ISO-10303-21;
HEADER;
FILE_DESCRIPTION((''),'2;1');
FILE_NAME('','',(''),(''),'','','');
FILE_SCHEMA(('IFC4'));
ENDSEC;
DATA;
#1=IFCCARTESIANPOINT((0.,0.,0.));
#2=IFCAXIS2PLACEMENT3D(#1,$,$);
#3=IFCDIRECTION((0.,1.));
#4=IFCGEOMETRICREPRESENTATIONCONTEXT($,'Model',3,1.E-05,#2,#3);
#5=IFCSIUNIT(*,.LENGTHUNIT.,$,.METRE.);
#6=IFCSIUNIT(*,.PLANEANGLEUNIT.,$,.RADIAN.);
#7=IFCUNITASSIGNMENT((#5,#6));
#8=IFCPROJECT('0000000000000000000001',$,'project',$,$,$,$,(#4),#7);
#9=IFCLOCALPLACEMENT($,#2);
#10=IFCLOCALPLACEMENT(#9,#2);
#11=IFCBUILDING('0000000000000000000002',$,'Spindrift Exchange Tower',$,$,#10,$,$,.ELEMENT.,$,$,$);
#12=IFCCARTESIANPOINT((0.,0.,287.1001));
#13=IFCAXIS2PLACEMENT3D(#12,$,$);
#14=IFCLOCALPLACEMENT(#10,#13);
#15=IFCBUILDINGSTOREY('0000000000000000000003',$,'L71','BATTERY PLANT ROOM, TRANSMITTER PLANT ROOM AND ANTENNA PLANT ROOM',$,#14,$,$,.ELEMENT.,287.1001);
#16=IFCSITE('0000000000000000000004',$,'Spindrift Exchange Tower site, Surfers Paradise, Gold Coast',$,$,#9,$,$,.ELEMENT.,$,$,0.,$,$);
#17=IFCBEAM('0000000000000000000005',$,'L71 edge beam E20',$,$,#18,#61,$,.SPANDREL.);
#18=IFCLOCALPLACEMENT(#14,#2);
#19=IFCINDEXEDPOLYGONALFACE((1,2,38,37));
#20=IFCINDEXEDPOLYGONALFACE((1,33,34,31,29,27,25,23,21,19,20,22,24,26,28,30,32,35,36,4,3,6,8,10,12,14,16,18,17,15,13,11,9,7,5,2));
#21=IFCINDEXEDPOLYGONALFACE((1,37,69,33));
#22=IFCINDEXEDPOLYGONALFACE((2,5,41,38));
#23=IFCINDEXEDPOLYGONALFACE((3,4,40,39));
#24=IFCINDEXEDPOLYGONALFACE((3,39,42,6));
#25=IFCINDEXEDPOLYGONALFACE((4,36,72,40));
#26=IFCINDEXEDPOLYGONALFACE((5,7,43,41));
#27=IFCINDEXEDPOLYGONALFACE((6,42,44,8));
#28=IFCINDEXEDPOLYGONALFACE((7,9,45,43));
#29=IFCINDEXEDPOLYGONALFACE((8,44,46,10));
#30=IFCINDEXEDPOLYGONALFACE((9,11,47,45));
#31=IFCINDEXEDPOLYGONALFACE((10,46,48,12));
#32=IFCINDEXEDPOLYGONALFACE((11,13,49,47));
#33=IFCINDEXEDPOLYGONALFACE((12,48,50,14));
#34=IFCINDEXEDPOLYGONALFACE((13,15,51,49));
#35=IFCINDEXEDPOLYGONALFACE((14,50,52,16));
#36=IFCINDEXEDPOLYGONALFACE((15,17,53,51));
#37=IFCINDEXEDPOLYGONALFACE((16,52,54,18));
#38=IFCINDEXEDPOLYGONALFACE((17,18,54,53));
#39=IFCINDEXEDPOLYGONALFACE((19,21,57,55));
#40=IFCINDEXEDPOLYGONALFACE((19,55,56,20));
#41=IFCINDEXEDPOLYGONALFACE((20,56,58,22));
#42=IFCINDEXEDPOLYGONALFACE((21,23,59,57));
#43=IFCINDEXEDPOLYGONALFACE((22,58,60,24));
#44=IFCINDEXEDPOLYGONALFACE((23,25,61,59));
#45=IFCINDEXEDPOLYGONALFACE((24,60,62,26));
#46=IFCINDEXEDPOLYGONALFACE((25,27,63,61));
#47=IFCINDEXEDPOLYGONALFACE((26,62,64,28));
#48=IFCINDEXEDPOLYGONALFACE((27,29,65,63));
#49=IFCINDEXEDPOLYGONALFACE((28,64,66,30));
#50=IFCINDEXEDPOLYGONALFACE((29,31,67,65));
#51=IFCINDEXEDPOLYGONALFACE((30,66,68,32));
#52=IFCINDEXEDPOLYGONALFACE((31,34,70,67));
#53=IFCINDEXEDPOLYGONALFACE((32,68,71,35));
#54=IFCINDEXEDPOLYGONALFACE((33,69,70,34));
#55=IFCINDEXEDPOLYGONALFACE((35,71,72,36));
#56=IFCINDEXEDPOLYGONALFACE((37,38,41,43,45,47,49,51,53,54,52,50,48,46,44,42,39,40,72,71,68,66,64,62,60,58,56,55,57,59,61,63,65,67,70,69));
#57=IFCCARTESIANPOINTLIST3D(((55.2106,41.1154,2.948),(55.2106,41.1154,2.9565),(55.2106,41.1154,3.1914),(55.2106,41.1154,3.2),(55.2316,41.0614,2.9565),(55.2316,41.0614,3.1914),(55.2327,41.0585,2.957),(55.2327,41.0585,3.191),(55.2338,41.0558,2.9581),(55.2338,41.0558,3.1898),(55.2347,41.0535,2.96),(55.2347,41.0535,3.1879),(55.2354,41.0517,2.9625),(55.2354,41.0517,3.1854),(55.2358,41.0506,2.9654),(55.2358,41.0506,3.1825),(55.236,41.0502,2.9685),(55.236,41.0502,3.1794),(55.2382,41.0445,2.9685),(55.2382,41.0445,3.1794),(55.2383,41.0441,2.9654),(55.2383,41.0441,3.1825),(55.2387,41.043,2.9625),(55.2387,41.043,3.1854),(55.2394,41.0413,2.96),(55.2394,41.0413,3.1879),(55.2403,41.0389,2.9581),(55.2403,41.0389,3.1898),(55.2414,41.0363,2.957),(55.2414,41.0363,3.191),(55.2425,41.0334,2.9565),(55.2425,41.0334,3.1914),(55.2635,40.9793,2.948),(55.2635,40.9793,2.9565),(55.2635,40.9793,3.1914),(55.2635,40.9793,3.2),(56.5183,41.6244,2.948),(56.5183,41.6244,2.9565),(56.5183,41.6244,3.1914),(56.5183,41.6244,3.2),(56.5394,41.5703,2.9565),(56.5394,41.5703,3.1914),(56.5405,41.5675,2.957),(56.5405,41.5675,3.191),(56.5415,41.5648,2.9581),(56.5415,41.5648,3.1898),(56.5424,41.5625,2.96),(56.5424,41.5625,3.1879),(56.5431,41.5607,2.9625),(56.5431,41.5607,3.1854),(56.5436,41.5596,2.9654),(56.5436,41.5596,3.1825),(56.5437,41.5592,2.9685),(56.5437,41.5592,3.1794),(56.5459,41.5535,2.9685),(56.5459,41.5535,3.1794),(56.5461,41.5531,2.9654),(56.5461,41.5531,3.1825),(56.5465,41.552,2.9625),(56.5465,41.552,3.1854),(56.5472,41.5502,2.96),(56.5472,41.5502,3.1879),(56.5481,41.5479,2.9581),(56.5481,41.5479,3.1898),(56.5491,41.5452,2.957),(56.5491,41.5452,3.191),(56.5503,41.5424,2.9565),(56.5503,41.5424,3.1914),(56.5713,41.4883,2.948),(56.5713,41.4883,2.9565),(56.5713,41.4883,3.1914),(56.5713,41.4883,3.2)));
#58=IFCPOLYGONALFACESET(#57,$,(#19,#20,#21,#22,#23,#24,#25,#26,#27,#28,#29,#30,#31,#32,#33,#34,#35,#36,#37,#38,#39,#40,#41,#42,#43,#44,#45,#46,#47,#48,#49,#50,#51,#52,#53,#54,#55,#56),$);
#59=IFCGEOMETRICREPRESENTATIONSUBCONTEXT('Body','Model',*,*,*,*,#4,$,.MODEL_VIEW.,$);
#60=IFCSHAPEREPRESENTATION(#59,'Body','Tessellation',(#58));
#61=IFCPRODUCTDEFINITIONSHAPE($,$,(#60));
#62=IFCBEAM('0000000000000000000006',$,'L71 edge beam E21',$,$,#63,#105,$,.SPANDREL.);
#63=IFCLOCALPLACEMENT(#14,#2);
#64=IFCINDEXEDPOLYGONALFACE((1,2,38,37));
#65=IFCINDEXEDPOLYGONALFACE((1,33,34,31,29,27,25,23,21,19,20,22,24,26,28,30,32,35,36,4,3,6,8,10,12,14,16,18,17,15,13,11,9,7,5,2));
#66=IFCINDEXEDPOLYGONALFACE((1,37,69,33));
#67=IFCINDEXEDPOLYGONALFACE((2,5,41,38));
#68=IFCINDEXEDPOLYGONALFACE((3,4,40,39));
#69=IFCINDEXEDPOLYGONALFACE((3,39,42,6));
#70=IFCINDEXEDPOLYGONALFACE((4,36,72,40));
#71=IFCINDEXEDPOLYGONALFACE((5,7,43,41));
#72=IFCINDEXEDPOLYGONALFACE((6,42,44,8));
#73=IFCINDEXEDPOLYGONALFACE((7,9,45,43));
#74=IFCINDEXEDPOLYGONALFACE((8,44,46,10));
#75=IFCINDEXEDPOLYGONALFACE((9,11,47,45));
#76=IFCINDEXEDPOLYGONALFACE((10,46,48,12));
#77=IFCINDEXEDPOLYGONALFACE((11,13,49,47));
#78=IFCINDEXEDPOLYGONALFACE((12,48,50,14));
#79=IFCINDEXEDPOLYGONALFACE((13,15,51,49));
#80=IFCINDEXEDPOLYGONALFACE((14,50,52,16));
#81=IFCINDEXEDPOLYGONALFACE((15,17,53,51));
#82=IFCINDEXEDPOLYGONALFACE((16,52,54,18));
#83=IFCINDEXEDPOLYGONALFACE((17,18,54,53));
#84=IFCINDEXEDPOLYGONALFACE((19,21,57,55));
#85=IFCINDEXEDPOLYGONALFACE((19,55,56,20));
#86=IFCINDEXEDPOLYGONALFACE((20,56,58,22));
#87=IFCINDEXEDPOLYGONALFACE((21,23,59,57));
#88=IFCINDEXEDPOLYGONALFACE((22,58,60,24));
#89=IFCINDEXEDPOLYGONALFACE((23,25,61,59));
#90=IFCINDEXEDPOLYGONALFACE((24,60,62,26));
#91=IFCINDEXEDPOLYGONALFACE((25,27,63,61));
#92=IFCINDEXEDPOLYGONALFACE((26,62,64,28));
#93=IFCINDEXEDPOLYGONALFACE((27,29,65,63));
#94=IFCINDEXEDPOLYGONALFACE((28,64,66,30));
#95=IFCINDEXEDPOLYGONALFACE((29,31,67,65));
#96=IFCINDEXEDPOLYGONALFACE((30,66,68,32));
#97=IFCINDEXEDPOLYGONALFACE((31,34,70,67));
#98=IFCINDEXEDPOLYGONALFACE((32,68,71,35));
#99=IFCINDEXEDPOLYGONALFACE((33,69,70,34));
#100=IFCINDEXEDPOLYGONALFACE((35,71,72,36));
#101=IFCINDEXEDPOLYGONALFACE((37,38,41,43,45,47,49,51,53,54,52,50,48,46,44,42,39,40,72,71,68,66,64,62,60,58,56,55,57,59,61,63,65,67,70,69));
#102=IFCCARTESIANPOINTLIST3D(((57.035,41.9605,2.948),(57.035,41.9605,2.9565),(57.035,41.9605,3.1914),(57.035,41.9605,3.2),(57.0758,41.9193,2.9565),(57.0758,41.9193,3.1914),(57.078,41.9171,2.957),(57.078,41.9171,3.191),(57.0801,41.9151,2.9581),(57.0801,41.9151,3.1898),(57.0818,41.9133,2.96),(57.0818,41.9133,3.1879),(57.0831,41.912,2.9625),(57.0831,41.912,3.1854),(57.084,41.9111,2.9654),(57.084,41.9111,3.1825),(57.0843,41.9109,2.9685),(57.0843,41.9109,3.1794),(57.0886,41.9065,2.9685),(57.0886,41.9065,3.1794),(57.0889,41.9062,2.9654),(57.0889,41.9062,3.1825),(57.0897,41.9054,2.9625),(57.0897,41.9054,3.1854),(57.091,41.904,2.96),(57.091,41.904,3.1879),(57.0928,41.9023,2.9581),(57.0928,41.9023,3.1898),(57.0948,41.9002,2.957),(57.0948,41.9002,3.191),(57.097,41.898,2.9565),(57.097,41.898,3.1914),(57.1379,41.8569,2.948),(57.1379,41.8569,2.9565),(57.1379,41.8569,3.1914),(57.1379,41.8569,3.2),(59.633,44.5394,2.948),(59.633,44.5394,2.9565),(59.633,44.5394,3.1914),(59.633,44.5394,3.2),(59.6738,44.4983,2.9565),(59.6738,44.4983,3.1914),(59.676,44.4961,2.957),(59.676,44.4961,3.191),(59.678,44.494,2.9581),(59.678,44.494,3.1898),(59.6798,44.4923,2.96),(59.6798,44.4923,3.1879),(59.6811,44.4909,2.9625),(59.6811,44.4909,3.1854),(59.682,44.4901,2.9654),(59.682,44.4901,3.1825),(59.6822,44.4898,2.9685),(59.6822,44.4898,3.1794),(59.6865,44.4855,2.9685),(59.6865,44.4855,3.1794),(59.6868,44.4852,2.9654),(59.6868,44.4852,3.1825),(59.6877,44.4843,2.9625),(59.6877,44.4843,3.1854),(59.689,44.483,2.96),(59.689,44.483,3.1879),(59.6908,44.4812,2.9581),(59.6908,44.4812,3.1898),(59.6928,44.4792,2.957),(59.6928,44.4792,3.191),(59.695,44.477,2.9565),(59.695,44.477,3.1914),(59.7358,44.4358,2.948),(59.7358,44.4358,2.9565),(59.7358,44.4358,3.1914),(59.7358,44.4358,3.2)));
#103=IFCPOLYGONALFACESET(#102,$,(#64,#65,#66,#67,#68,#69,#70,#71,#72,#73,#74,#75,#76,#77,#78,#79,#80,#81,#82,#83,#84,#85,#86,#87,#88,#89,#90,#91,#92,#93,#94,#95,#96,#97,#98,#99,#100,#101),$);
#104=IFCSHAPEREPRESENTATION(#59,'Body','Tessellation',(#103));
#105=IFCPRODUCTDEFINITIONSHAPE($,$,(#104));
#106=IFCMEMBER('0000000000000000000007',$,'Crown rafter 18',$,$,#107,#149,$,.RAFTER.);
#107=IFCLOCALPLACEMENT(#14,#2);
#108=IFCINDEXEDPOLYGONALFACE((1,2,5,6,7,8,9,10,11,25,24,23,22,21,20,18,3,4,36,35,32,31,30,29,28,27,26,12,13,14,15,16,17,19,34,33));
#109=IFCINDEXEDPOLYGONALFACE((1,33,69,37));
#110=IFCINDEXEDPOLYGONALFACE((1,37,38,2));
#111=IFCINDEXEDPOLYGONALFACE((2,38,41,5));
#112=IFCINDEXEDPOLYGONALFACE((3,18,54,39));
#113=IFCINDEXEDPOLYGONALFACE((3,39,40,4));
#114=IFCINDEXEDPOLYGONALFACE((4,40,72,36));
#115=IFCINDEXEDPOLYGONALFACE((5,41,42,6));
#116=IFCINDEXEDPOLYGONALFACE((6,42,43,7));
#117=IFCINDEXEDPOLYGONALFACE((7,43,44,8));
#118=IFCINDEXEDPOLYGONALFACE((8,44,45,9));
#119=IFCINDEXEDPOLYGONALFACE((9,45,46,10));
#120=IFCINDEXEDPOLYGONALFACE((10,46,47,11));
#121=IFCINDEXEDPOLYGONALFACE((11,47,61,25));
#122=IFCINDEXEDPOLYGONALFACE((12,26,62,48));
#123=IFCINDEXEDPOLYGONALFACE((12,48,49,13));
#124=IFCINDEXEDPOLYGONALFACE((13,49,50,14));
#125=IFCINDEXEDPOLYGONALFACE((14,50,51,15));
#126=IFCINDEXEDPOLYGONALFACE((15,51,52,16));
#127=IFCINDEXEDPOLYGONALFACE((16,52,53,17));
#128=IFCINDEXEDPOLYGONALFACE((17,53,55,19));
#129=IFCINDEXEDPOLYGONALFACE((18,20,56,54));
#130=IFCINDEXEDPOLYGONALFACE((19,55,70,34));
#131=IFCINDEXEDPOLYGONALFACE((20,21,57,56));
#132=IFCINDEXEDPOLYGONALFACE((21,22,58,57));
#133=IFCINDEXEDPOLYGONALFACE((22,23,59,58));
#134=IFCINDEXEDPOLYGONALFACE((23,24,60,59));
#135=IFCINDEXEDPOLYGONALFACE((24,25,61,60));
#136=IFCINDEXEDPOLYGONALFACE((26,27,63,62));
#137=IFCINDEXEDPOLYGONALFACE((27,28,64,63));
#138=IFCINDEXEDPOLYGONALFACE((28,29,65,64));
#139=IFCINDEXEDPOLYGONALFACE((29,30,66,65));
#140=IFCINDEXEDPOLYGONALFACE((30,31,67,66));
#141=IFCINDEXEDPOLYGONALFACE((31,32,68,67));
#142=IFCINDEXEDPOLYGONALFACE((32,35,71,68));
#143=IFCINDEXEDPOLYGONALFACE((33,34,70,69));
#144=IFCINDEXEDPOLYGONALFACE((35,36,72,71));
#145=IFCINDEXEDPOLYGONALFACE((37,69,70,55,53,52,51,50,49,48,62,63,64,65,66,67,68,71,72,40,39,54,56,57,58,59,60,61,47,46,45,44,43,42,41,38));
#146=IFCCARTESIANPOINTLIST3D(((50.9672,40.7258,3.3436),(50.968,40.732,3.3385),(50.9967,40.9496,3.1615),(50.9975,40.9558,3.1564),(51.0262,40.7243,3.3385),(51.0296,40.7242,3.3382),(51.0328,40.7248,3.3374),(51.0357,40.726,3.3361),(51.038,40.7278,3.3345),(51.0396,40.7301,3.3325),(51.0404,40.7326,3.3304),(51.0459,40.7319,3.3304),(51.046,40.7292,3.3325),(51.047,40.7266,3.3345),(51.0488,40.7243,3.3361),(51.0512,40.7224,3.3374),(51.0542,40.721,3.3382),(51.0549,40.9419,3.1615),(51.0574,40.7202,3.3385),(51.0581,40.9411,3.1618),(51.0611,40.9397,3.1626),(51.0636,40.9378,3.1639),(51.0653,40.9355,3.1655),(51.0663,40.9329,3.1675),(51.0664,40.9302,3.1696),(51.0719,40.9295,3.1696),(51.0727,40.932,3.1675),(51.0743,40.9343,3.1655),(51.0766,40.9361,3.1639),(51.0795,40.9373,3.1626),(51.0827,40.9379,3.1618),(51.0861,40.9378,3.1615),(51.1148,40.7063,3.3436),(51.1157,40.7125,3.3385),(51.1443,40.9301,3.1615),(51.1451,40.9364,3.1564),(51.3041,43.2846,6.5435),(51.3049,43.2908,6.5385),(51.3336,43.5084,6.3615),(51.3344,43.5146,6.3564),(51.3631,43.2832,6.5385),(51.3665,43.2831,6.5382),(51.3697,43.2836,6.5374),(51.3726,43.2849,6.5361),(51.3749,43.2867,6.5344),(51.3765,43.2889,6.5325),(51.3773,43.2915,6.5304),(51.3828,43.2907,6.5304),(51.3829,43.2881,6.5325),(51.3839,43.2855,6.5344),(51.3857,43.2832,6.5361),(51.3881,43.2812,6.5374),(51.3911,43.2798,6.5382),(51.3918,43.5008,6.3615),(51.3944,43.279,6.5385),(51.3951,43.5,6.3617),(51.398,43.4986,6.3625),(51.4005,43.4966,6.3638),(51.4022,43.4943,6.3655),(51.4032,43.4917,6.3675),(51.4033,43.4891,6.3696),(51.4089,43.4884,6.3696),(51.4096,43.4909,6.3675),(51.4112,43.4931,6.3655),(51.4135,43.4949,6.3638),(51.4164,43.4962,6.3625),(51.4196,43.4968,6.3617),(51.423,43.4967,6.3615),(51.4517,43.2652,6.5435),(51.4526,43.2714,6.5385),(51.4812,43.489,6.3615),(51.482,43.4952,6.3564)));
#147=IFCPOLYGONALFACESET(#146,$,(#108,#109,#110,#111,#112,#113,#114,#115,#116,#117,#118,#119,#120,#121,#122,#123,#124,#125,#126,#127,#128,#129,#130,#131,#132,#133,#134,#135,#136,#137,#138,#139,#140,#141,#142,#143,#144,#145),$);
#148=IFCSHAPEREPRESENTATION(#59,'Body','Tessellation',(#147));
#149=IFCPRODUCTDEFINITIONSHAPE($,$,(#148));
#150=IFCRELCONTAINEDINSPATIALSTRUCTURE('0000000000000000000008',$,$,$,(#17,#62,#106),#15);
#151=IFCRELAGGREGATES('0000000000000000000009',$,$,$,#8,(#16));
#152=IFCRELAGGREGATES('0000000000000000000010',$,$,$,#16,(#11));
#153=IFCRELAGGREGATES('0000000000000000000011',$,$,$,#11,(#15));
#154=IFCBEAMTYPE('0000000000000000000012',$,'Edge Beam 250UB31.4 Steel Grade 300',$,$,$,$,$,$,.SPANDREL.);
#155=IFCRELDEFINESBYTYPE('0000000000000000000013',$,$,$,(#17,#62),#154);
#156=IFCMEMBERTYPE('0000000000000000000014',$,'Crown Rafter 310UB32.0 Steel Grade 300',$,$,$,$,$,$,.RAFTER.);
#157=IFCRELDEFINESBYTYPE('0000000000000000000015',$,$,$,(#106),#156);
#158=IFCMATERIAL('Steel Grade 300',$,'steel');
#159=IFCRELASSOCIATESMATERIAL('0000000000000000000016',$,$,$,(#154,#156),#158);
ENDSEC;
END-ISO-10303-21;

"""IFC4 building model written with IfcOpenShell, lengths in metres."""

from ifc_helpers import new_model, si_unit, direction, frame, origin, origin_2d, place, context, subcontext, project, spatial, i_section, extrude, source, transform, mapped, material, material_profile, profile_set, type_object, element, save


model = new_model("IFC4")

# Units and contexts
model_context = context("Model", 3, precision=1e-05, world=origin(), true_north=direction((0.0, 1.0)))
body_context = subcontext(model_context, "Body", "Model", "MODEL_VIEW")
ifc_project = project(units=[si_unit("LENGTHUNIT", "METRE"), si_unit("PLANEANGLEUNIT", "RADIAN")], contexts=[model_context])

# Site, building, storey
site_placement = place(None, origin())
site = spatial("IfcSite", under=ifc_project, at=site_placement, Name="Spindrift Exchange Tower site, Surfers Paradise, Gold Coast", CompositionType="ELEMENT", RefElevation=0.0)
building_placement = place(site_placement, origin())
building = spatial("IfcBuilding", under=site, at=building_placement, Name="Spindrift Exchange Tower", CompositionType="ELEMENT")
storey_placement = place(building_placement, frame((0.0, 0.0, 287.1001)))
storey = spatial("IfcBuildingStorey", under=building, at=storey_placement, Name="L71", Description="BATTERY PLANT ROOM, TRANSMITTER PLANT ROOM AND ANTENNA PLANT ROOM", CompositionType="ELEMENT", Elevation=287.1001)

# Beams
ifc_material_1 = material(Name="Steel Grade 300", Category="steel")
ifc_material_profile_1 = material_profile(ifc_material_1, i_section(OverallWidth=0.146, OverallDepth=0.252, WebThickness=0.0061, FlangeThickness=0.0085, FilletRadius=0.012, at=origin_2d()), Name="250UB31.4")
ifc_profile_set_1 = profile_set([ifc_material_profile_1], Name="Steel Grade 300")
beam_type = type_object("IfcBeamType", Name="Edge Beam 250UB31.4 Steel Grade 300", PredefinedType="SPANDREL", material=ifc_profile_set_1)
shared_shape_1 = source(origin(), body_context, "Body", "SweptSolid", [
    extrude(i_section(OverallWidth=0.146, OverallDepth=0.252, WebThickness=0.0061, FlangeThickness=0.0085, FilletRadius=0.012, at=origin_2d()), origin(), (0.0, 0.0, 1.0), 1.4033),
])
beam_1_placement = place(storey_placement, frame((55.2371, 41.0474, 3.074), z_axis=(0.931903, 0.362706, 0.0), x_axis=(-0.362706, 0.931903, 0.0)))
element("IfcBeam", 1, at=beam_1_placement, inside=storey, type_object=beam_type, Name="L71 edge beam E20", PredefinedType="SPANDREL", context=body_context, shape_type="MappedRepresentation", body=[
    mapped(shared_shape_1, transform((0.0, 0.0, 0.0), scale=1.0)),
])
shared_shape_2 = source(origin(), body_context, "Body", "SweptSolid", [
    extrude(i_section(OverallWidth=0.146, OverallDepth=0.252, WebThickness=0.0061, FlangeThickness=0.0085, FilletRadius=0.012, at=origin_2d()), origin(), (0.0, 0.0, 1.0), 3.6606),
])
beam_2_placement = place(storey_placement, frame((57.0864, 41.9087, 3.074), z_axis=(0.709703, 0.704501, 0.0), x_axis=(-0.704501, 0.709703, 0.0)))
element("IfcBeam", 2, at=beam_2_placement, inside=storey, type_object=beam_type, Name="L71 edge beam E21", PredefinedType="SPANDREL", context=body_context, shape_type="MappedRepresentation", body=[
    mapped(shared_shape_2, transform((0.0, 0.0, 0.0), scale=1.0)),
])

# Member
ifc_material_profile_2 = material_profile(ifc_material_1, i_section(OverallWidth=0.1489, OverallDepth=0.2981, WebThickness=0.0056, FlangeThickness=0.0081, FilletRadius=0.0129, at=origin_2d()), Name="310UB32.0")
ifc_profile_set_2 = profile_set([ifc_material_profile_2], Name="Steel Grade 300")
member_type_1 = type_object("IfcMemberType", Name="Crown Rafter 310UB32.0 Steel Grade 300", PredefinedType="RAFTER", material=ifc_profile_set_2)
shared_shape_3 = source(origin(), body_context, "Body", "SweptSolid", [
    extrude(i_section(OverallWidth=0.1489, OverallDepth=0.2981, WebThickness=0.0056, FlangeThickness=0.0081, FilletRadius=0.0129, at=origin_2d()), origin(), (0.0, 0.0, 1.0), 4.1111),
])
member_1_placement = place(storey_placement, frame((51.0562, 40.8311, 3.25), z_axis=(0.081953, 0.622427, 0.778375), x_axis=(-0.991443, 0.13054, 0.0)))
element("IfcMember", 3, at=member_1_placement, inside=storey, type_object=member_type_1, Name="Crown rafter 18", PredefinedType="RAFTER", context=body_context, shape_type="MappedRepresentation", body=[
    mapped(shared_shape_3, transform((0.0, 0.0, 0.0), scale=1.0)),
])

save(model, "model.ifc")
